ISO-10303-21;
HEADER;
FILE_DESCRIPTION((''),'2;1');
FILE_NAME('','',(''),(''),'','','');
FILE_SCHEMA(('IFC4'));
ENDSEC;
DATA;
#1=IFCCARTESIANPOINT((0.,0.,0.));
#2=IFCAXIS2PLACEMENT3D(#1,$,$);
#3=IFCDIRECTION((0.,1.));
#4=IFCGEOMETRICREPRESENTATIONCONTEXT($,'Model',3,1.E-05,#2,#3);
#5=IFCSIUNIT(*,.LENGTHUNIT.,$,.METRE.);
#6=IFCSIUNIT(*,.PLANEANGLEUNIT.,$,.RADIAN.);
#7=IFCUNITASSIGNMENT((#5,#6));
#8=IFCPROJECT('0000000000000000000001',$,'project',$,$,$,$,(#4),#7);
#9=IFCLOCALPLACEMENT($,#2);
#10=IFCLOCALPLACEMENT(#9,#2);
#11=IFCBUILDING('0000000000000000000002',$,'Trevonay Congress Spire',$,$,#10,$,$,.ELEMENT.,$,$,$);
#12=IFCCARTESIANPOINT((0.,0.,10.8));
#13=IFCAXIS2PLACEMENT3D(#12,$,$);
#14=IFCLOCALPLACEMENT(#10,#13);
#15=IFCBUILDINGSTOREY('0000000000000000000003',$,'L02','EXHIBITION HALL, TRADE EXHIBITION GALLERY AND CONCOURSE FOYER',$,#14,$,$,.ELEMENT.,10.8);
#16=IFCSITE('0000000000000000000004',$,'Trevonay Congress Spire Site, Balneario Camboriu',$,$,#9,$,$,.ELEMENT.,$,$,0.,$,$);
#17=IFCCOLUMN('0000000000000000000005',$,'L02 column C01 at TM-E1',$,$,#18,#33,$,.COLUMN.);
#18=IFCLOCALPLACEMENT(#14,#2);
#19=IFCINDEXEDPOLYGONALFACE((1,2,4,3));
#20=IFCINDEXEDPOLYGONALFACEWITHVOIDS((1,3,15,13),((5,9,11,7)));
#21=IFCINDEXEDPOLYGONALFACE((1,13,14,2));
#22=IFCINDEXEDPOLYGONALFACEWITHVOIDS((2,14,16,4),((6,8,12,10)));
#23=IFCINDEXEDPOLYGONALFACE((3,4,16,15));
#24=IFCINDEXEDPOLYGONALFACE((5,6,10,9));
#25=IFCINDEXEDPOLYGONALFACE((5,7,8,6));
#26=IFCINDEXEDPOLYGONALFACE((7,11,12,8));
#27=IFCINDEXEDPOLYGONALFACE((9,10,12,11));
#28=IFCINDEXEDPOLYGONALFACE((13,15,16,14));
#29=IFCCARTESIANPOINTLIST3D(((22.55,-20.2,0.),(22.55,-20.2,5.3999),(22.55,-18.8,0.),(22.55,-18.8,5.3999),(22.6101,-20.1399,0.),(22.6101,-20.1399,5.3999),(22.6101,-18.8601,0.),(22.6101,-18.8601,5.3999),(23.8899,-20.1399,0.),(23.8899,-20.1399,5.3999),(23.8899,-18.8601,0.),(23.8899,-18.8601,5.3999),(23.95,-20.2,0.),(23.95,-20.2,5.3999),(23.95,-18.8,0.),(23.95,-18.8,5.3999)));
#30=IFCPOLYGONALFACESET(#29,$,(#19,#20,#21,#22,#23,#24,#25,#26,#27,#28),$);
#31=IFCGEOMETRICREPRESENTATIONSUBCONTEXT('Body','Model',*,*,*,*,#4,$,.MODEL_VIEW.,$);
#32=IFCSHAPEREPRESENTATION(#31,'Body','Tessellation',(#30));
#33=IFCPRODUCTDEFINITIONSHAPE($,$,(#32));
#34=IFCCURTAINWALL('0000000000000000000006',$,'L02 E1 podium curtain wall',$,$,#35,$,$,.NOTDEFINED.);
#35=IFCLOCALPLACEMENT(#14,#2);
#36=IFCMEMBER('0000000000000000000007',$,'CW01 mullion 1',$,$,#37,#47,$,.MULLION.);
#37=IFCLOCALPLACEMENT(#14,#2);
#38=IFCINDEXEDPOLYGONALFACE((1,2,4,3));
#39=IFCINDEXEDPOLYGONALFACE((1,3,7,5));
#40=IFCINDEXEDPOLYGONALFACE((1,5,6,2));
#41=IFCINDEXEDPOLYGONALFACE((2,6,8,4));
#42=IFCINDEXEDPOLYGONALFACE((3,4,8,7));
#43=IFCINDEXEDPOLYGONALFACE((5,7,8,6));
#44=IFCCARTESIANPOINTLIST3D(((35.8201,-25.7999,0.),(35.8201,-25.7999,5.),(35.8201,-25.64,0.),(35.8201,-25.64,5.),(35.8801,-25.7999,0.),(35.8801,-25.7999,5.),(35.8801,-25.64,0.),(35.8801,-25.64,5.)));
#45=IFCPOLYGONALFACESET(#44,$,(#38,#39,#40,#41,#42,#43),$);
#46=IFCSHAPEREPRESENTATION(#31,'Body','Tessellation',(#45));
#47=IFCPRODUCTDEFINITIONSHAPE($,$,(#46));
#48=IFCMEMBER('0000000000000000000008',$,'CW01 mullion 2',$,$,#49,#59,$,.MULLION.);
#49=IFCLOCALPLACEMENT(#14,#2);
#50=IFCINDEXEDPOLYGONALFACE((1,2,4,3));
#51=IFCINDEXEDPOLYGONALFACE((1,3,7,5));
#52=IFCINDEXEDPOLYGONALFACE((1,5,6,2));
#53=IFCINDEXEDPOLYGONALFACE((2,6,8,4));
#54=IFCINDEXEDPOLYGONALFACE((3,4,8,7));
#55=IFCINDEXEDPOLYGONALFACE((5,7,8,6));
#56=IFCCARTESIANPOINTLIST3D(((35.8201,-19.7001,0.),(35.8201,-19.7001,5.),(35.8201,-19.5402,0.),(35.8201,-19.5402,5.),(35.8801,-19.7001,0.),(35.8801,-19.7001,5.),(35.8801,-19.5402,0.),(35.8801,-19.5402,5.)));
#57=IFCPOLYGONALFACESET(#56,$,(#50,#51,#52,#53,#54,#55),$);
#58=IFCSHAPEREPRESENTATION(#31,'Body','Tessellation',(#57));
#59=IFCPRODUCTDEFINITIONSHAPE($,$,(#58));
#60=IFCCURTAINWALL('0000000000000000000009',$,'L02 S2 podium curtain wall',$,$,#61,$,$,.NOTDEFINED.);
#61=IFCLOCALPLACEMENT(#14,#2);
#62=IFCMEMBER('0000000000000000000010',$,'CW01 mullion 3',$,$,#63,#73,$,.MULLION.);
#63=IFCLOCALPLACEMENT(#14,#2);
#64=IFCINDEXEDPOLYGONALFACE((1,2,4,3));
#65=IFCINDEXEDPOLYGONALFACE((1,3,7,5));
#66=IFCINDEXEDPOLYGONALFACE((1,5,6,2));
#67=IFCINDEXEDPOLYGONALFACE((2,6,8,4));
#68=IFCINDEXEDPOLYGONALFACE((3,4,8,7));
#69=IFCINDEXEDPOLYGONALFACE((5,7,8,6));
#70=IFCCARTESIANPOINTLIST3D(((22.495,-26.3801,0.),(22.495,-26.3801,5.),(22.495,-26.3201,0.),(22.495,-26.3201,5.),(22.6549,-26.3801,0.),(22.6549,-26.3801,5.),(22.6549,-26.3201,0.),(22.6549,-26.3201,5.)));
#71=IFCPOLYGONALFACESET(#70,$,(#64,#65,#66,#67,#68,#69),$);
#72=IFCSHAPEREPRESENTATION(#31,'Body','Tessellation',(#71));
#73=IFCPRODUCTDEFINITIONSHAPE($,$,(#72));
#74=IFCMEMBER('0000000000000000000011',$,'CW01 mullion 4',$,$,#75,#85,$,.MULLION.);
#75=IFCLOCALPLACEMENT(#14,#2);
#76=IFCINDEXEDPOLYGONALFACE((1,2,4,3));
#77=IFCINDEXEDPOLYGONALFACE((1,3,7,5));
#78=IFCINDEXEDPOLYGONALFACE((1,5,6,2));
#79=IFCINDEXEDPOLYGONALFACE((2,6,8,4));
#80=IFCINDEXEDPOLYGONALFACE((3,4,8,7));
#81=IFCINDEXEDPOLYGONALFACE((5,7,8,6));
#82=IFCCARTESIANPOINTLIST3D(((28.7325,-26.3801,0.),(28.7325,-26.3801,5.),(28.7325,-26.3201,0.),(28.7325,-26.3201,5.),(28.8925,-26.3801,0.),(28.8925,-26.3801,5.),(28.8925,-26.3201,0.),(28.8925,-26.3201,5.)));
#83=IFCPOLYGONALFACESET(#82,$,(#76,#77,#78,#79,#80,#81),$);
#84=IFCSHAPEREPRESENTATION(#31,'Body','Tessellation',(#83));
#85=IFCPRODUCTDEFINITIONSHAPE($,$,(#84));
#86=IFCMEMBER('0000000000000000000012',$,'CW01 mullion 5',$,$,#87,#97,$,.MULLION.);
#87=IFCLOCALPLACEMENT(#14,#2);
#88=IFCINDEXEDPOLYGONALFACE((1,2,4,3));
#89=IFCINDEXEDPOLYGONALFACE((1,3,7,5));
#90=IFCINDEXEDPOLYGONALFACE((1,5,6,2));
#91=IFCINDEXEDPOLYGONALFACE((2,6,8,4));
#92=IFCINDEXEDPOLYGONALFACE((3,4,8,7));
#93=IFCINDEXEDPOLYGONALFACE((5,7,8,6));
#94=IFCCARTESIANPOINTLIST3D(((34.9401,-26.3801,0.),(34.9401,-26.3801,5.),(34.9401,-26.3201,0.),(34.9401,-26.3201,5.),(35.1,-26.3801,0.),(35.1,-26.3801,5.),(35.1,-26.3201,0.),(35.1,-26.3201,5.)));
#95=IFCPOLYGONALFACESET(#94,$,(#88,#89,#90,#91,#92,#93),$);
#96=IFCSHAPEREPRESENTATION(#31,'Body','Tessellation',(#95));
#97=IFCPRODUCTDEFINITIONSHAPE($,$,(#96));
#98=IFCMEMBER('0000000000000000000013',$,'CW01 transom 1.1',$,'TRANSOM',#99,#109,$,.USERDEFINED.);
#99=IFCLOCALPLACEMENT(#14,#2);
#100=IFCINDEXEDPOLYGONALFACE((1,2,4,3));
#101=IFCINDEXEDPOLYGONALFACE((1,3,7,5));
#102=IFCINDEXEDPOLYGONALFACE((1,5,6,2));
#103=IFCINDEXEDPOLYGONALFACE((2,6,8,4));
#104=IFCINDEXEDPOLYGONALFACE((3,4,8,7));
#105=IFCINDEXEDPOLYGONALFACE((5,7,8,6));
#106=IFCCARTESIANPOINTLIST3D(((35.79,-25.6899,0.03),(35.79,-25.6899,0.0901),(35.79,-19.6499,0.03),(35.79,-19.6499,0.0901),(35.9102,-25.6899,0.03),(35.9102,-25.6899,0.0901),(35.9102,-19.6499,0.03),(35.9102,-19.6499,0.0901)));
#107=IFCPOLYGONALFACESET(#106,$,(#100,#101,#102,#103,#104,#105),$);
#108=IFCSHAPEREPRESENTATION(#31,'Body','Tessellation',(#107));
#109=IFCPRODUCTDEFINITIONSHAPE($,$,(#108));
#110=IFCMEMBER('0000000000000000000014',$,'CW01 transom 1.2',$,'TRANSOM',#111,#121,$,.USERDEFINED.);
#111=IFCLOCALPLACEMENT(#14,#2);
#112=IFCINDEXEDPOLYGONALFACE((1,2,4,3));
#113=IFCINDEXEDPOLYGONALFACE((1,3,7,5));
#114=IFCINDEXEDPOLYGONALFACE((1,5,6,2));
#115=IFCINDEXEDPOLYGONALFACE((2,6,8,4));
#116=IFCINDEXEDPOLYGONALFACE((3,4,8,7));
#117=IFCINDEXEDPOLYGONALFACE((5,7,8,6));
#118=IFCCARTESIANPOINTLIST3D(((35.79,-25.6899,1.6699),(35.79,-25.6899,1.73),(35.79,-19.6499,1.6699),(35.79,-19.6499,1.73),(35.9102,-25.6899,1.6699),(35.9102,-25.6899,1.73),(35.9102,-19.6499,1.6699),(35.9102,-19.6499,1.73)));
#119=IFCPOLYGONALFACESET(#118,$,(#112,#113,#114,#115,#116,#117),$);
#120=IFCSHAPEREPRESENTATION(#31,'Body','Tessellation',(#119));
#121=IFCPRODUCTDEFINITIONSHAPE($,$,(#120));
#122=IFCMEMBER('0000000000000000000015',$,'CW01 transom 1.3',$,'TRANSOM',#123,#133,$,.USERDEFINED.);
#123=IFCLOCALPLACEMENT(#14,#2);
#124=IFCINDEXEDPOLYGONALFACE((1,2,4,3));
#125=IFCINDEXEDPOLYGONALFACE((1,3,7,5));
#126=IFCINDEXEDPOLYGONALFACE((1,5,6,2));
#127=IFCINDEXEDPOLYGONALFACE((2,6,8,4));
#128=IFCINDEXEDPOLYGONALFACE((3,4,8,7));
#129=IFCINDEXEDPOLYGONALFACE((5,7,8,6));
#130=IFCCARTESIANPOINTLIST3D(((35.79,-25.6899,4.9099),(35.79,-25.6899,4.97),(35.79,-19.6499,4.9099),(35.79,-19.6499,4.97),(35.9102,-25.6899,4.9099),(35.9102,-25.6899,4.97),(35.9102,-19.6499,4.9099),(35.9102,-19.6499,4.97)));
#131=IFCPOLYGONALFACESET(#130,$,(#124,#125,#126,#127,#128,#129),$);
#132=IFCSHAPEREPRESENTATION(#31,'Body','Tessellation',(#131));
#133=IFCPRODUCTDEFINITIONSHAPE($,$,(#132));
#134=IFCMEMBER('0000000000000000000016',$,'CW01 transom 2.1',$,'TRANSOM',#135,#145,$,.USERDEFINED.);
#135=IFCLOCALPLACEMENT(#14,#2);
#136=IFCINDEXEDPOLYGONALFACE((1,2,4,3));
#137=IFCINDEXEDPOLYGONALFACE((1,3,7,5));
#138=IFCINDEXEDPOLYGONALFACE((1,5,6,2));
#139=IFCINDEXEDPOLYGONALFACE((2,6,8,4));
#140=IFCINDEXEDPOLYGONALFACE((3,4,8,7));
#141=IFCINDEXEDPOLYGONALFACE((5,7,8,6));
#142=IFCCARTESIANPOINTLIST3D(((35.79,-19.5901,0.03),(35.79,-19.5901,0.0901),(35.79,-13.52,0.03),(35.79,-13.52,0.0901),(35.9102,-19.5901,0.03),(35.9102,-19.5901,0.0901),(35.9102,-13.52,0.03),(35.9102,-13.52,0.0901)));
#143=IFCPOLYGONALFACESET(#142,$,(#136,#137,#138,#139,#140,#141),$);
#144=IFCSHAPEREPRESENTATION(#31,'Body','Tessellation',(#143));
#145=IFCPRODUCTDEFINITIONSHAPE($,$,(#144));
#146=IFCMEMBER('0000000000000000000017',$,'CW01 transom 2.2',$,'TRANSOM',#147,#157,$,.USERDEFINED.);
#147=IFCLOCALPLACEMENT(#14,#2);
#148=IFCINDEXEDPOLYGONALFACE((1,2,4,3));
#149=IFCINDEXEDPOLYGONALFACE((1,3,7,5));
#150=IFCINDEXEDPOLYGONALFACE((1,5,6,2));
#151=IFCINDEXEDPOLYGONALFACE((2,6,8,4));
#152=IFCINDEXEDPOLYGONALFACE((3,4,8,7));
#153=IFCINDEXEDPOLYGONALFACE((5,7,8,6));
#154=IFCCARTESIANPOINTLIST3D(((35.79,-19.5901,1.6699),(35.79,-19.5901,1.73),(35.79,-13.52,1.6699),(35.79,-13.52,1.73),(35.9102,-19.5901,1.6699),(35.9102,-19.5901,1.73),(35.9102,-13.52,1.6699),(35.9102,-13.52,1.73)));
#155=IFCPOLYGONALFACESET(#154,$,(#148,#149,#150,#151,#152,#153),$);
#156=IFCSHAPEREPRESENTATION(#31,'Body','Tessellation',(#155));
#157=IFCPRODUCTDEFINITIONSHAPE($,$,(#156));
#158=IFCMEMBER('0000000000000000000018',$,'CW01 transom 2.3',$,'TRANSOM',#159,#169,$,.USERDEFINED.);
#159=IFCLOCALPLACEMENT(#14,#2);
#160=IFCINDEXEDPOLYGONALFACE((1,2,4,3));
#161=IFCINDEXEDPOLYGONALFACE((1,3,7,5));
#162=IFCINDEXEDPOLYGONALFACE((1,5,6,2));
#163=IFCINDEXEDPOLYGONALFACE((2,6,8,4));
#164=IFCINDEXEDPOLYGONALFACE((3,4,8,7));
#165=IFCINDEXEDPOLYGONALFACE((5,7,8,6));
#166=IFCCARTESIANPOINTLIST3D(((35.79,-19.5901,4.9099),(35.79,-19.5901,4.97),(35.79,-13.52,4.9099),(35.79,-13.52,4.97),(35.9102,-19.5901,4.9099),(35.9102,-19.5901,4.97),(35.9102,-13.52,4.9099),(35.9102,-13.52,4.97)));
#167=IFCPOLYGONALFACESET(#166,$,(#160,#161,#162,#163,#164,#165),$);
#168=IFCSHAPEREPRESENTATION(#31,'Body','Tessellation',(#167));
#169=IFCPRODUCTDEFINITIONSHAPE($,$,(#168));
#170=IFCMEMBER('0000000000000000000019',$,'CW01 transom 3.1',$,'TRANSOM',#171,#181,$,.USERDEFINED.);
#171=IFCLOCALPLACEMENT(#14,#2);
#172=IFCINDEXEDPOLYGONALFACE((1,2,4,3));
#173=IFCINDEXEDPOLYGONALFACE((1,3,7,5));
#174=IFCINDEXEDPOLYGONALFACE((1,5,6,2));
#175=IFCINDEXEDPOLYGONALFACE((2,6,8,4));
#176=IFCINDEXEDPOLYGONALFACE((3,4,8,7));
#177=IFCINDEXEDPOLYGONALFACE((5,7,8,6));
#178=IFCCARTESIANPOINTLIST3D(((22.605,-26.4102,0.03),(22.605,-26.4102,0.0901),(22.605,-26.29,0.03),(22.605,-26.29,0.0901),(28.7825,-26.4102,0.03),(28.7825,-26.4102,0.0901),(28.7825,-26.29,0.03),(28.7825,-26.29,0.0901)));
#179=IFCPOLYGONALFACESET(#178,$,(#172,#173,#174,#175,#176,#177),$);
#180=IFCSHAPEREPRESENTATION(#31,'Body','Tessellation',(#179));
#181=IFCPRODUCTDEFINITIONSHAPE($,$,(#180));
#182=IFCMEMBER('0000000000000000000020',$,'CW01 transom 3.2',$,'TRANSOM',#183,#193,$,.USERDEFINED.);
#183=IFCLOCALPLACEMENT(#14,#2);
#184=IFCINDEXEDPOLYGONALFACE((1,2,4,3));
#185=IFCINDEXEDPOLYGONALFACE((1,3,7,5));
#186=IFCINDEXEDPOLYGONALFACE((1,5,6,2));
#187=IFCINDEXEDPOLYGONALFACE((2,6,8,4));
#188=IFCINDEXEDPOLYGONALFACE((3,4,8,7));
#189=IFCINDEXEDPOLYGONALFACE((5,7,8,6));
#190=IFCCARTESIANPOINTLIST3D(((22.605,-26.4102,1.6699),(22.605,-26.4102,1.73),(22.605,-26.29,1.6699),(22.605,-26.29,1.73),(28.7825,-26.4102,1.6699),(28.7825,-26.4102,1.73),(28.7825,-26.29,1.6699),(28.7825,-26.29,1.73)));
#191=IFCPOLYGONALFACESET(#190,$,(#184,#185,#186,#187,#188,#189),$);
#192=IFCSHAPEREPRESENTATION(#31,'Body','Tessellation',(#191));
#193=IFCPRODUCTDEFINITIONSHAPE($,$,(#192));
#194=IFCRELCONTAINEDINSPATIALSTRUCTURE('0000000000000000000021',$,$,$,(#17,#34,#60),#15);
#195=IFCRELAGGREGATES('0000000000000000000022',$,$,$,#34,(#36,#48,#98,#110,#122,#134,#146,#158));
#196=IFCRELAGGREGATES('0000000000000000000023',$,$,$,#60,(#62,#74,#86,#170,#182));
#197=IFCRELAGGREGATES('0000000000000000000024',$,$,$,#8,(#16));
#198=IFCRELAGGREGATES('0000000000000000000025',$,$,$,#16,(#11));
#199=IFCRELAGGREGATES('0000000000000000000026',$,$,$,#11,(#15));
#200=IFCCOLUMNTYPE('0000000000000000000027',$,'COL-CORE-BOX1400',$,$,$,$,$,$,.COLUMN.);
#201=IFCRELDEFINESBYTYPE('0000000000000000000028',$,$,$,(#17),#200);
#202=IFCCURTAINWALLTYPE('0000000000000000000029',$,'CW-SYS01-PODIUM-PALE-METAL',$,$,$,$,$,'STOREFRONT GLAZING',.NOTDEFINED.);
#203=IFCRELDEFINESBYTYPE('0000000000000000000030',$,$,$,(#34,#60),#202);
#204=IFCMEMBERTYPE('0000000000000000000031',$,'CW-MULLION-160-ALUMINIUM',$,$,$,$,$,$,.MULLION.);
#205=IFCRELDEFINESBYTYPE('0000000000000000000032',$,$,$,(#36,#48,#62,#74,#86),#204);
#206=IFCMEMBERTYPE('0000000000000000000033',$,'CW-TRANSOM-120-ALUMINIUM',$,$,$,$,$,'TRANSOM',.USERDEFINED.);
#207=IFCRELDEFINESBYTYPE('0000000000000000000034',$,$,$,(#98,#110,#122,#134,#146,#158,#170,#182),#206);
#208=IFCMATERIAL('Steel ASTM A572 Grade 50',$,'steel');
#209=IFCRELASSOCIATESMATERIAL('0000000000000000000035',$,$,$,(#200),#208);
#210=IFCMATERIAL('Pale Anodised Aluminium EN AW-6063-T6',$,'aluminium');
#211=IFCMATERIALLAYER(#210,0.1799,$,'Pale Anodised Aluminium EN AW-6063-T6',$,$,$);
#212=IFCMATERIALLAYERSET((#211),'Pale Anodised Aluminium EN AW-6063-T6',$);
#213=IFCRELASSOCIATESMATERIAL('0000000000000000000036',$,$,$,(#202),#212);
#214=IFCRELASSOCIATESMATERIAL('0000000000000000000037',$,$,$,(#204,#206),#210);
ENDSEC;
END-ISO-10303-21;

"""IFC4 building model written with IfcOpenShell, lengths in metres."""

from ifc_helpers import new_model, si_unit, direction, frame, origin, origin_2d, place, context, subcontext, project, spatial, rectangle, hollow_rectangle, extrude, material, layer, layer_set, material_profile, profile_set, type_object, element, aggregate, save


model = new_model("IFC4")

# Units and contexts
model_context = context("Model", 3, precision=1e-05, world=origin(), true_north=direction((0.0, 1.0)))
body_context = subcontext(model_context, "Body", "Model", "MODEL_VIEW")
ifc_project = project(units=[si_unit("LENGTHUNIT", "METRE"), si_unit("PLANEANGLEUNIT", "RADIAN")], contexts=[model_context])

# Site, building, storey
site_placement = place(None, origin())
site = spatial("IfcSite", under=ifc_project, at=site_placement, Name="Trevonay Congress Spire Site, Balneario Camboriu", CompositionType="ELEMENT", RefElevation=0.0)
building_placement = place(site_placement, origin())
building = spatial("IfcBuilding", under=site, at=building_placement, Name="Trevonay Congress Spire", CompositionType="ELEMENT")
storey_placement = place(building_placement, frame((0.0, 0.0, 10.8)))
storey = spatial("IfcBuildingStorey", under=building, at=storey_placement, Name="L02", Description="EXHIBITION HALL, TRADE EXHIBITION GALLERY AND CONCOURSE FOYER", CompositionType="ELEMENT", Elevation=10.8)

# Column
ifc_material_1 = material(Name="Steel ASTM A572 Grade 50", Category="steel")
ifc_material_profile_1 = material_profile(ifc_material_1, hollow_rectangle(XDim=1.3999, YDim=1.3999, WallThickness=0.0601, at=origin_2d()), Name="BOX 1400x1400x60")
ifc_profile_set_1 = profile_set([ifc_material_profile_1], Name="Steel ASTM A572 Grade 50")
column_type = type_object("IfcColumnType", Name="COL-CORE-BOX1400", PredefinedType="COLUMN", material=ifc_profile_set_1)
column_placement = place(storey_placement, frame((23.25, -19.5, 0.0), z_axis=(0.0, 0.0, 1.0), x_axis=(1.0, 0.0, 0.0)))
element("IfcColumn", 1, at=column_placement, inside=storey, type_object=column_type, Name="L02 column C01 at TM-E1", PredefinedType="COLUMN", context=body_context, shape_type="SweptSolid", body=[
    extrude(hollow_rectangle(XDim=1.3999, YDim=1.3999, WallThickness=0.0601, at=origin_2d()), origin(), (0.0, 0.0, 1.0), 5.3999),
])

# Curtain walls, members
ifc_material_2 = material(Name="Pale Anodised Aluminium EN AW-6063-T6", Category="aluminium")
ifc_layer_1 = layer(ifc_material_2, 0.1799, Name="Pale Anodised Aluminium EN AW-6063-T6")
ifc_layer_set_1 = layer_set([ifc_layer_1], Name="Pale Anodised Aluminium EN AW-6063-T6")
curtain_wall_type = type_object("IfcCurtainWallType", Name="CW-SYS01-PODIUM-PALE-METAL", ElementType="STOREFRONT GLAZING", PredefinedType="NOTDEFINED", material=ifc_layer_set_1)
curtain_wall_1_placement = place(storey_placement, origin())
curtain_wall_1 = element("IfcCurtainWall", 2, at=curtain_wall_1_placement, inside=storey, type_object=curtain_wall_type, Name="L02 E1 podium curtain wall", PredefinedType="NOTDEFINED")
ifc_material_profile_2 = material_profile(ifc_material_2, rectangle(XDim=0.0601, YDim=0.1599, at=origin_2d()), Name="CW-MULLION-160-ALUMINIUM")
ifc_profile_set_2 = profile_set([ifc_material_profile_2], Name="Pale Anodised Aluminium EN AW-6063-T6")
member_type_1 = type_object("IfcMemberType", Name="CW-MULLION-160-ALUMINIUM", PredefinedType="MULLION", material=ifc_profile_set_2)
member_1_placement = place(storey_placement, frame((35.8501, -25.72, 0.0), z_axis=(0.0, 0.0, 1.0), x_axis=(-1.0, 0.0, 0.0)))
member_1 = element("IfcMember", 3, at=member_1_placement, type_object=member_type_1, Name="CW01 mullion 1", PredefinedType="MULLION", context=body_context, shape_type="SweptSolid", body=[
    extrude(rectangle(XDim=0.0601, YDim=0.1599, at=origin_2d()), origin(), (0.0, 0.0, 1.0), 5.0),
])
member_2_placement = place(storey_placement, frame((35.8501, -19.6201, 0.0), z_axis=(0.0, 0.0, 1.0), x_axis=(-1.0, 0.0, 0.0)))
member_2 = element("IfcMember", 4, at=member_2_placement, type_object=member_type_1, Name="CW01 mullion 2", PredefinedType="MULLION", context=body_context, shape_type="SweptSolid", body=[
    extrude(rectangle(XDim=0.0601, YDim=0.1599, at=origin_2d()), origin(), (0.0, 0.0, 1.0), 5.0),
])
curtain_wall_2_placement = place(storey_placement, origin())
curtain_wall_2 = element("IfcCurtainWall", 5, at=curtain_wall_2_placement, inside=storey, type_object=curtain_wall_type, Name="L02 S2 podium curtain wall", PredefinedType="NOTDEFINED")
member_3_placement = place(storey_placement, frame((22.575, -26.3501, 0.0), z_axis=(0.0, 0.0, 1.0), x_axis=(0.0, 1.0, 0.0)))
member_3 = element("IfcMember", 6, at=member_3_placement, type_object=member_type_1, Name="CW01 mullion 3", PredefinedType="MULLION", context=body_context, shape_type="SweptSolid", body=[
    extrude(rectangle(XDim=0.0601, YDim=0.1599, at=origin_2d()), origin(), (0.0, 0.0, 1.0), 5.0),
])
member_4_placement = place(storey_placement, frame((28.8125, -26.3501, 0.0), z_axis=(0.0, 0.0, 1.0), x_axis=(0.0, 1.0, 0.0)))
member_4 = element("IfcMember", 7, at=member_4_placement, type_object=member_type_1, Name="CW01 mullion 4", PredefinedType="MULLION", context=body_context, shape_type="SweptSolid", body=[
    extrude(rectangle(XDim=0.0601, YDim=0.1599, at=origin_2d()), origin(), (0.0, 0.0, 1.0), 5.0),
])
member_5_placement = place(storey_placement, frame((35.02, -26.3501, 0.0), z_axis=(0.0, 0.0, 1.0), x_axis=(0.0, 1.0, 0.0)))
member_5 = element("IfcMember", 8, at=member_5_placement, type_object=member_type_1, Name="CW01 mullion 5", PredefinedType="MULLION", context=body_context, shape_type="SweptSolid", body=[
    extrude(rectangle(XDim=0.0601, YDim=0.1599, at=origin_2d()), origin(), (0.0, 0.0, 1.0), 5.0),
])

# Members
ifc_material_profile_3 = material_profile(ifc_material_2, rectangle(XDim=0.1201, YDim=0.0601, at=origin_2d()), Name="CW-TRANSOM-120-ALUMINIUM")
ifc_profile_set_3 = profile_set([ifc_material_profile_3], Name="Pale Anodised Aluminium EN AW-6063-T6")
member_type_2 = type_object("IfcMemberType", Name="CW-TRANSOM-120-ALUMINIUM", ElementType="TRANSOM", PredefinedType="USERDEFINED", material=ifc_profile_set_3)
member_6_placement = place(storey_placement, frame((35.8501, -25.6899, 0.0601), z_axis=(0.0, 1.0, 0.0), x_axis=(-1.0, 0.0, 0.0)))
member_6 = element("IfcMember", 9, at=member_6_placement, type_object=member_type_2, Name="CW01 transom 1.1", ObjectType="TRANSOM", PredefinedType="USERDEFINED", context=body_context, shape_type="SweptSolid", body=[
    extrude(rectangle(XDim=0.1201, YDim=0.0601, at=origin_2d()), origin(), (0.0, 0.0, 1.0), 6.04),
])
member_7_placement = place(storey_placement, frame((35.8501, -25.6899, 1.7), z_axis=(0.0, 1.0, 0.0), x_axis=(-1.0, 0.0, 0.0)))
member_7 = element("IfcMember", 10, at=member_7_placement, type_object=member_type_2, Name="CW01 transom 1.2", ObjectType="TRANSOM", PredefinedType="USERDEFINED", context=body_context, shape_type="SweptSolid", body=[
    extrude(rectangle(XDim=0.1201, YDim=0.0601, at=origin_2d()), origin(), (0.0, 0.0, 1.0), 6.04),
])
member_8_placement = place(storey_placement, frame((35.8501, -25.6899, 4.9399), z_axis=(0.0, 1.0, 0.0), x_axis=(-1.0, 0.0, 0.0)))
member_8 = element("IfcMember", 11, at=member_8_placement, type_object=member_type_2, Name="CW01 transom 1.3", ObjectType="TRANSOM", PredefinedType="USERDEFINED", context=body_context, shape_type="SweptSolid", body=[
    extrude(rectangle(XDim=0.1201, YDim=0.0601, at=origin_2d()), origin(), (0.0, 0.0, 1.0), 6.04),
])
member_9_placement = place(storey_placement, frame((35.8501, -19.5901, 0.0601), z_axis=(0.0, 1.0, 0.0), x_axis=(-1.0, 0.0, 0.0)))
member_9 = element("IfcMember", 12, at=member_9_placement, type_object=member_type_2, Name="CW01 transom 2.1", ObjectType="TRANSOM", PredefinedType="USERDEFINED", context=body_context, shape_type="SweptSolid", body=[
    extrude(rectangle(XDim=0.1201, YDim=0.0601, at=origin_2d()), origin(), (0.0, 0.0, 1.0), 6.0701),
])
member_10_placement = place(storey_placement, frame((35.8501, -19.5901, 1.7), z_axis=(0.0, 1.0, 0.0), x_axis=(-1.0, 0.0, 0.0)))
member_10 = element("IfcMember", 13, at=member_10_placement, type_object=member_type_2, Name="CW01 transom 2.2", ObjectType="TRANSOM", PredefinedType="USERDEFINED", context=body_context, shape_type="SweptSolid", body=[
    extrude(rectangle(XDim=0.1201, YDim=0.0601, at=origin_2d()), origin(), (0.0, 0.0, 1.0), 6.0701),
])
member_11_placement = place(storey_placement, frame((35.8501, -19.5901, 4.9399), z_axis=(0.0, 1.0, 0.0), x_axis=(-1.0, 0.0, 0.0)))
member_11 = element("IfcMember", 14, at=member_11_placement, type_object=member_type_2, Name="CW01 transom 2.3", ObjectType="TRANSOM", PredefinedType="USERDEFINED", context=body_context, shape_type="SweptSolid", body=[
    extrude(rectangle(XDim=0.1201, YDim=0.0601, at=origin_2d()), origin(), (0.0, 0.0, 1.0), 6.0701),
])
member_12_placement = place(storey_placement, frame((22.605, -26.3501, 0.0601), z_axis=(1.0, 0.0, 0.0), x_axis=(0.0, 1.0, 0.0)))
member_12 = element("IfcMember", 15, at=member_12_placement, type_object=member_type_2, Name="CW01 transom 3.1", ObjectType="TRANSOM", PredefinedType="USERDEFINED", context=body_context, shape_type="SweptSolid", body=[
    extrude(rectangle(XDim=0.1201, YDim=0.0601, at=origin_2d()), origin(), (0.0, 0.0, 1.0), 6.1775),
])
member_13_placement = place(storey_placement, frame((22.605, -26.3501, 1.7), z_axis=(1.0, 0.0, 0.0), x_axis=(0.0, 1.0, 0.0)))
member_13 = element("IfcMember", 16, at=member_13_placement, type_object=member_type_2, Name="CW01 transom 3.2", ObjectType="TRANSOM", PredefinedType="USERDEFINED", context=body_context, shape_type="SweptSolid", body=[
    extrude(rectangle(XDim=0.1201, YDim=0.0601, at=origin_2d()), origin(), (0.0, 0.0, 1.0), 6.1775),
])

aggregate(curtain_wall_1, [member_1, member_2, member_6, member_7, member_8, member_9, member_10, member_11])
aggregate(curtain_wall_2, [member_3, member_4, member_5, member_12, member_13])

save(model, "model.ifc")
